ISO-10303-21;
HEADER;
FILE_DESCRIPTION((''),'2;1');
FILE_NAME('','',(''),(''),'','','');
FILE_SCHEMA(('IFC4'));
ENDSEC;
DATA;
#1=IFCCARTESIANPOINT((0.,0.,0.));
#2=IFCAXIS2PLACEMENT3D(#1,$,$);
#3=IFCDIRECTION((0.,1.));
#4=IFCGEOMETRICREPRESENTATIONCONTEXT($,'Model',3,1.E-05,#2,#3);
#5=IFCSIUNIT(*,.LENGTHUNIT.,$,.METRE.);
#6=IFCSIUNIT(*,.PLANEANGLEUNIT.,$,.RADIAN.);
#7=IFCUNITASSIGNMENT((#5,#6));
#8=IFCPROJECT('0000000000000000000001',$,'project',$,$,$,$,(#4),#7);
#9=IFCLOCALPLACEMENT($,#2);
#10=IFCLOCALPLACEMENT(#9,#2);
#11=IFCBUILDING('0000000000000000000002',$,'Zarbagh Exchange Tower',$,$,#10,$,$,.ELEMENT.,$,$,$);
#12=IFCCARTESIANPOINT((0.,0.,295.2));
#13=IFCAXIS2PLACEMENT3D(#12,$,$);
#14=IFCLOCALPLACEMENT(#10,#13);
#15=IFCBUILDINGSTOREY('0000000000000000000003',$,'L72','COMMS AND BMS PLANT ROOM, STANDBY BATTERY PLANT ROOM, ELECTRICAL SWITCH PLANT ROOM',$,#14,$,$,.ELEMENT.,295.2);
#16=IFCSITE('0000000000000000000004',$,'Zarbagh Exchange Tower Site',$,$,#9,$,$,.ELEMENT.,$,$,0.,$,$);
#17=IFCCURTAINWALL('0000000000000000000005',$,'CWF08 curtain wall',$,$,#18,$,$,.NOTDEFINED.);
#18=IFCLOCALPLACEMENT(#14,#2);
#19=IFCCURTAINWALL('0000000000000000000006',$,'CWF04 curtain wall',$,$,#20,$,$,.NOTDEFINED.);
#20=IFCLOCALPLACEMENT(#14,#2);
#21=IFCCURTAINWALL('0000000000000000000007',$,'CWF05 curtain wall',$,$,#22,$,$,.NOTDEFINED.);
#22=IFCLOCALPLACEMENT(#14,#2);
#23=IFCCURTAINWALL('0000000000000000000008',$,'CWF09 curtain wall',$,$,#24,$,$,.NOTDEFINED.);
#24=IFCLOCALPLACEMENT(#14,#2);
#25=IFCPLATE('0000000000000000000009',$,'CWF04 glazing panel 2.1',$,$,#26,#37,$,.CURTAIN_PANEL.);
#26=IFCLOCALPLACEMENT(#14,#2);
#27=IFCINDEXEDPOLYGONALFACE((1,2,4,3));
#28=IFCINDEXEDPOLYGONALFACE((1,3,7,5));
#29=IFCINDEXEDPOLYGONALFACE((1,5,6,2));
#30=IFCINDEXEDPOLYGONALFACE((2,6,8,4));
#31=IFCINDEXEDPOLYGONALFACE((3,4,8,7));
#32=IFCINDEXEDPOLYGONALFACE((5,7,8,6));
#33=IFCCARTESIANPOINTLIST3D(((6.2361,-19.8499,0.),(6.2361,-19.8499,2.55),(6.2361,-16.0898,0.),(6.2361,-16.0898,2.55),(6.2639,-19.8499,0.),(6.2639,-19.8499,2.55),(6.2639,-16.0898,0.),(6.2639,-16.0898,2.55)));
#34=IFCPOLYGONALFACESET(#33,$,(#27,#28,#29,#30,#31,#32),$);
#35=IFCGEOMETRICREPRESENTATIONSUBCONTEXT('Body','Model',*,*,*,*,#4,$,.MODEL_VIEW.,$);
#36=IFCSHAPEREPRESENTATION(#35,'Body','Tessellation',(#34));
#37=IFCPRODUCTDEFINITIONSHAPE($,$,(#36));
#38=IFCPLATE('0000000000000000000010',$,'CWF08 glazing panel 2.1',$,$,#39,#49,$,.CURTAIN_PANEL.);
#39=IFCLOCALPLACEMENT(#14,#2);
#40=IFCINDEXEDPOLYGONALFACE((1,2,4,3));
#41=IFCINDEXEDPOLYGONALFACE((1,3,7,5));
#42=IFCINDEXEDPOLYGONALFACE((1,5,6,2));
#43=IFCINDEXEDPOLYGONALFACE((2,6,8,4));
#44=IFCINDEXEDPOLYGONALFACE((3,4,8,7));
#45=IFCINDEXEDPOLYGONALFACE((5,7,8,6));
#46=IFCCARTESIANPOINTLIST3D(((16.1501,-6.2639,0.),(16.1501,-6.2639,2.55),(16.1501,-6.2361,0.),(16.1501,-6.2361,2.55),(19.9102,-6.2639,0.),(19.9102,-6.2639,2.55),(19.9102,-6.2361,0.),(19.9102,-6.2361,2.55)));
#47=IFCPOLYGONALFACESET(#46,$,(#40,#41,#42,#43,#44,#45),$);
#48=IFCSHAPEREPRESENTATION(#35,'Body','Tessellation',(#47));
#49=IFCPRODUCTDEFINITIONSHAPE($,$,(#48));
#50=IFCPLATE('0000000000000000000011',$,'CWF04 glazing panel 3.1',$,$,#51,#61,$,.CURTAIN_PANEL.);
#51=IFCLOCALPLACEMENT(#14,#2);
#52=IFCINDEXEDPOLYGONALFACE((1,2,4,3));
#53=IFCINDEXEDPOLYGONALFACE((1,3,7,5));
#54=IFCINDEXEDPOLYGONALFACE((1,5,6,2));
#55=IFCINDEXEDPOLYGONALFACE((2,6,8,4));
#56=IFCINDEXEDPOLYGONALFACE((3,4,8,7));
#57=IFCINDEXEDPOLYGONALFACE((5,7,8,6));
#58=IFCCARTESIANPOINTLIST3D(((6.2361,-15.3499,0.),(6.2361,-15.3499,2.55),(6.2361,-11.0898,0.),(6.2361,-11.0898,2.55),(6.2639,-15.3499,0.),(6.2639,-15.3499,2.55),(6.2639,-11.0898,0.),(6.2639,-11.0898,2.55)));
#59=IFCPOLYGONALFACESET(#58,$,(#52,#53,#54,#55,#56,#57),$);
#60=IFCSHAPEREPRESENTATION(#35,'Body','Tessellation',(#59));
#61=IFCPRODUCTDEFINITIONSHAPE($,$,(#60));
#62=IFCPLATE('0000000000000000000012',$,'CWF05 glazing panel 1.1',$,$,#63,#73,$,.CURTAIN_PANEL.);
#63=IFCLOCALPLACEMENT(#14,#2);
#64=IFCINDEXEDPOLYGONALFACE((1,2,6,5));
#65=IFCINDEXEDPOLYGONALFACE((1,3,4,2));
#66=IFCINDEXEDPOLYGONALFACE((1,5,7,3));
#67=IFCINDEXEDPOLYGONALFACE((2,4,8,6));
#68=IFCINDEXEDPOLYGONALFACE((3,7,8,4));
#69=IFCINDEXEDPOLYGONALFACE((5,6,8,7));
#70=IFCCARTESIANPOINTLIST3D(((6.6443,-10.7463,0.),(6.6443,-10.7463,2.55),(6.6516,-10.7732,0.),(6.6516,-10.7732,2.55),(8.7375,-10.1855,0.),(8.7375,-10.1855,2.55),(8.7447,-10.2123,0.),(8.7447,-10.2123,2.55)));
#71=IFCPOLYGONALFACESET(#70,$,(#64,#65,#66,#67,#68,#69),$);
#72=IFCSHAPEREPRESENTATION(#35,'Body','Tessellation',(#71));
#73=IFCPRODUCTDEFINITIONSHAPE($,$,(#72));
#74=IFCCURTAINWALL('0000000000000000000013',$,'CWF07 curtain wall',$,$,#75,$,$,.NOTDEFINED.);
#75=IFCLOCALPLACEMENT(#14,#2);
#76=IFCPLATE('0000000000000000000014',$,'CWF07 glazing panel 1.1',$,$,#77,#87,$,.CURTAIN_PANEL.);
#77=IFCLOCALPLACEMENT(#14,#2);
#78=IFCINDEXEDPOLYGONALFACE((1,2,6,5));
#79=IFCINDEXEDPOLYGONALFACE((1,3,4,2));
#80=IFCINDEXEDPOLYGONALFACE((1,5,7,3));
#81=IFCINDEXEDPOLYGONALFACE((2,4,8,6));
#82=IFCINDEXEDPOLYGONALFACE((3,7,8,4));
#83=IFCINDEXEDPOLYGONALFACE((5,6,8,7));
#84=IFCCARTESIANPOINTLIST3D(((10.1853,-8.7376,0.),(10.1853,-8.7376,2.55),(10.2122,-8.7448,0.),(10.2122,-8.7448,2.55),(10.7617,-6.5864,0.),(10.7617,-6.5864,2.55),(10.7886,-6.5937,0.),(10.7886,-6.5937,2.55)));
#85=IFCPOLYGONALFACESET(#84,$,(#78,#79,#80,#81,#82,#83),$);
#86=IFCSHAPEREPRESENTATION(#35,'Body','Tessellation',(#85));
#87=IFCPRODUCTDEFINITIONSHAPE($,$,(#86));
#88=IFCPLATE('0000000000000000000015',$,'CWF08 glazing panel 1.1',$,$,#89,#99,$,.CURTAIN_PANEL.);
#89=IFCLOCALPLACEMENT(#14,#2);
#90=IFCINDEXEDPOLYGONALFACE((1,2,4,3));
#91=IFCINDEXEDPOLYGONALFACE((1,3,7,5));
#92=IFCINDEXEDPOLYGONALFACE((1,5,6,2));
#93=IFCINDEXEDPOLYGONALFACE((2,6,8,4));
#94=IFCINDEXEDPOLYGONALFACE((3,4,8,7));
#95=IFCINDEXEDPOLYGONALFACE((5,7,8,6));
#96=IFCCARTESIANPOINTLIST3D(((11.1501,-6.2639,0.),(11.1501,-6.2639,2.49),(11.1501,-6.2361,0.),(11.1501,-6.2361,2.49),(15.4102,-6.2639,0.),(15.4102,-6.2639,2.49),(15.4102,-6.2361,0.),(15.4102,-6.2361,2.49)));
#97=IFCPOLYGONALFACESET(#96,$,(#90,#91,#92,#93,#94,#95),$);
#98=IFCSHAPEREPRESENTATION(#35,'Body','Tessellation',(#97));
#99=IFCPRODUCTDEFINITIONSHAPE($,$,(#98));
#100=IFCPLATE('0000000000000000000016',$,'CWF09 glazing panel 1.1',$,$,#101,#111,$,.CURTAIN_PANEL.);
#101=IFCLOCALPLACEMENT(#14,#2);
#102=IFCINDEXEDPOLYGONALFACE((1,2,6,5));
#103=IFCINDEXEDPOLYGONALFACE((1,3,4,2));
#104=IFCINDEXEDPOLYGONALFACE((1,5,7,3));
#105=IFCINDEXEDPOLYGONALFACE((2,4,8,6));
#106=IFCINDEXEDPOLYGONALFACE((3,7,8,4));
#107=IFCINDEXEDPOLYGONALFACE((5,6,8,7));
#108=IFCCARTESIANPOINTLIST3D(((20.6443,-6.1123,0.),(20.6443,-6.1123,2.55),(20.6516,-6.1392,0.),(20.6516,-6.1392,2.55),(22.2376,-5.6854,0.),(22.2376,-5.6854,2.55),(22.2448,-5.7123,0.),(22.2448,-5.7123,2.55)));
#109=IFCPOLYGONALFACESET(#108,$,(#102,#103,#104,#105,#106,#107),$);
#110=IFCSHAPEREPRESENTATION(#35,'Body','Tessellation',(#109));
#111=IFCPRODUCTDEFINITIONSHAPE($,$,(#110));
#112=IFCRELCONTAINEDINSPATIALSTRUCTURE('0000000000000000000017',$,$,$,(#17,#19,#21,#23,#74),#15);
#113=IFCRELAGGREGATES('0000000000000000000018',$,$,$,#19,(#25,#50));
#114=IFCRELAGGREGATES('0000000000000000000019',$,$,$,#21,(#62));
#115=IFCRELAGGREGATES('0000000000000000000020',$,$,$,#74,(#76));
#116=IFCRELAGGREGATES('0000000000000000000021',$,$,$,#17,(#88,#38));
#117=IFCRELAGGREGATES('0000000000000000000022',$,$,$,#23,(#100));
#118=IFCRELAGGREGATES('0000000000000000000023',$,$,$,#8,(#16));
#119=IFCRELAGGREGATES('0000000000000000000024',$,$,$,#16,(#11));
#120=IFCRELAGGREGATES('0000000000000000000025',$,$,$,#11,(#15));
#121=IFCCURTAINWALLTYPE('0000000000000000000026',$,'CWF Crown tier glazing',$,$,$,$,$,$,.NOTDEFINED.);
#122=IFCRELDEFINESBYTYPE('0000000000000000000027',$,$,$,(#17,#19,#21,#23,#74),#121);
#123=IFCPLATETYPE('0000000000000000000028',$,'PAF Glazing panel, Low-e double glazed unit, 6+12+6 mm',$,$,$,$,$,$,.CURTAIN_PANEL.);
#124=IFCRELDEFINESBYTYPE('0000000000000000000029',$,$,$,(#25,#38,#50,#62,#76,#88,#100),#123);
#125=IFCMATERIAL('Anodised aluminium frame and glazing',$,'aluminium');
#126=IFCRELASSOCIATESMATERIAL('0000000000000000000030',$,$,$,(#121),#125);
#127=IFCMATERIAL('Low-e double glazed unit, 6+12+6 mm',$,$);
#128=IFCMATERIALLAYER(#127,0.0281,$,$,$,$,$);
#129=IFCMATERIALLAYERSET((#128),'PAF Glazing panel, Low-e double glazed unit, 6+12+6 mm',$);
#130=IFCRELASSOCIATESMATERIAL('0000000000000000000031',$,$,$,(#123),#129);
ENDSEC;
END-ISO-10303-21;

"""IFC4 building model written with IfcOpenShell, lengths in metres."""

from ifc_helpers import new_model, si_unit, direction, frame, origin, place, context, subcontext, project, spatial, polyline, outline, extrude, source, transform, mapped, material, layer, layer_set, type_object, element, aggregate, save


model = new_model("IFC4")

# Units and contexts
model_context = context("Model", 3, precision=1e-05, world=origin(), true_north=direction((0.0, 1.0)))
body_context = subcontext(model_context, "Body", "Model", "MODEL_VIEW")
ifc_project = project(units=[si_unit("LENGTHUNIT", "METRE"), si_unit("PLANEANGLEUNIT", "RADIAN")], contexts=[model_context])

# Site, building, storey
site_placement = place(None, origin())
site = spatial("IfcSite", under=ifc_project, at=site_placement, Name="Zarbagh Exchange Tower Site", CompositionType="ELEMENT", RefElevation=0.0)
building_placement = place(site_placement, origin())
building = spatial("IfcBuilding", under=site, at=building_placement, Name="Zarbagh Exchange Tower", CompositionType="ELEMENT")
storey_placement = place(building_placement, frame((0.0, 0.0, 295.2)))
storey = spatial("IfcBuildingStorey", under=building, at=storey_placement, Name="L72", Description="COMMS AND BMS PLANT ROOM, STANDBY BATTERY PLANT ROOM, ELECTRICAL SWITCH PLANT ROOM", CompositionType="ELEMENT", Elevation=295.2)

# Curtain wall
ifc_material_1 = material(Name="Anodised aluminium frame and glazing", Category="aluminium")
curtain_wall_type = type_object("IfcCurtainWallType", Name="CWF Crown tier glazing", PredefinedType="NOTDEFINED", material=ifc_material_1)
curtain_wall_1_placement = place(storey_placement, origin())
curtain_wall_1 = element("IfcCurtainWall", 1, at=curtain_wall_1_placement, inside=storey, type_object=curtain_wall_type, Name="CWF08 curtain wall", PredefinedType="NOTDEFINED")
placement = place(storey_placement, origin())

# Curtain wall
curtain_wall_2_placement = place(storey_placement, origin())
curtain_wall_2 = element("IfcCurtainWall", 2, at=curtain_wall_2_placement, inside=storey, type_object=curtain_wall_type, Name="CWF04 curtain wall", PredefinedType="NOTDEFINED")

# Curtain wall
curtain_wall_3_placement = place(storey_placement, origin())
curtain_wall_3 = element("IfcCurtainWall", 3, at=curtain_wall_3_placement, inside=storey, type_object=curtain_wall_type, Name="CWF05 curtain wall", PredefinedType="NOTDEFINED")

# Curtain wall
curtain_wall_4_placement = place(storey_placement, origin())
curtain_wall_4 = element("IfcCurtainWall", 4, at=curtain_wall_4_placement, inside=storey, type_object=curtain_wall_type, Name="CWF09 curtain wall", PredefinedType="NOTDEFINED")

# Shared definitions
ifc_material_2 = material(Name="Low-e double glazed unit, 6+12+6 mm")
ifc_layer = layer(ifc_material_2, 0.0281)
ifc_layer_set = layer_set([ifc_layer], Name="PAF Glazing panel, Low-e double glazed unit, 6+12+6 mm")
plate_type = type_object("IfcPlateType", Name="PAF Glazing panel, Low-e double glazed unit, 6+12+6 mm", PredefinedType="CURTAIN_PANEL", material=ifc_layer_set)

# Plates
shared_shape_1 = source(origin(), body_context, "Body", "SweptSolid", [
    extrude(outline(polyline([(0.0, -0.0139), (3.76, -0.0139), (3.76, 0.0139), (0.0, 0.0139), (0.0, -0.0139)])), origin(), (0.0, 0.0, 1.0), 2.55),
])
plate_1 = element("IfcPlate", 5, at=placement, type_object=plate_type, Name="CWF04 glazing panel 2.1", PredefinedType="CURTAIN_PANEL", context=body_context, shape_type="MappedRepresentation", body=[
    mapped(shared_shape_1, transform((6.25, -19.8499, 0.0), x_axis=(0.0, 1.0, 0.0), y_axis=(-1.0, 0.0, 0.0), z_axis=(0.0, 0.0, 1.0))),
])
plate_2 = element("IfcPlate", 6, at=placement, type_object=plate_type, Name="CWF08 glazing panel 2.1", PredefinedType="CURTAIN_PANEL", context=body_context, shape_type="MappedRepresentation", body=[
    mapped(shared_shape_1, transform((16.1501, -6.25, 0.0), x_axis=(1.0, 0.0, 0.0), y_axis=(0.0, 1.0, 0.0), z_axis=(0.0, 0.0, 1.0))),
])
shared_shape_2 = source(origin(), body_context, "Body", "SweptSolid", [
    extrude(outline(polyline([(0.0, -0.0139), (4.26, -0.0139), (4.26, 0.0139), (0.0, 0.0139), (0.0, -0.0139)])), origin(), (0.0, 0.0, 1.0), 2.55),
])
plate_3 = element("IfcPlate", 7, at=placement, type_object=plate_type, Name="CWF04 glazing panel 3.1", PredefinedType="CURTAIN_PANEL", context=body_context, shape_type="MappedRepresentation", body=[
    mapped(shared_shape_2, transform((6.25, -15.3499, 0.0), x_axis=(0.0, 1.0, 0.0), y_axis=(-1.0, 0.0, 0.0), z_axis=(0.0, 0.0, 1.0))),
])
aggregate(curtain_wall_2, [plate_1, plate_3])
shared_shape_3 = source(origin(), body_context, "Body", "SweptSolid", [
    extrude(outline(polyline([(0.0, -0.0139), (2.167, -0.0139), (2.167, 0.0139), (0.0, 0.0139), (0.0, -0.0139)])), origin(), (0.0, 0.0, 1.0), 2.55),
])
plate_4 = element("IfcPlate", 8, at=placement, type_object=plate_type, Name="CWF05 glazing panel 1.1", PredefinedType="CURTAIN_PANEL", context=body_context, shape_type="MappedRepresentation", body=[
    mapped(shared_shape_3, transform((6.6479, -10.7598, 0.0), x_axis=(0.965924, 0.258825, 0.0), y_axis=(-0.258825, 0.965924, 0.0), z_axis=(0.0, 0.0, 1.0))),
])
aggregate(curtain_wall_3, [plate_4])

# Curtain wall, plate
curtain_wall_5_placement = place(storey_placement, origin())
curtain_wall_5 = element("IfcCurtainWall", 9, at=curtain_wall_5_placement, inside=storey, type_object=curtain_wall_type, Name="CWF07 curtain wall", PredefinedType="NOTDEFINED")
shared_shape_4 = source(origin(), body_context, "Body", "SweptSolid", [
    extrude(outline(polyline([(0.0, -0.0139), (2.2271, -0.0139), (2.2271, 0.0139), (0.0, 0.0139), (0.0, -0.0139)])), origin(), (0.0, 0.0, 1.0), 2.55),
])
plate_5 = element("IfcPlate", 10, at=placement, type_object=plate_type, Name="CWF07 glazing panel 1.1", PredefinedType="CURTAIN_PANEL", context=body_context, shape_type="MappedRepresentation", body=[
    mapped(shared_shape_4, transform((10.1987, -8.7412, 0.0), x_axis=(0.258825, 0.965924, 0.0), y_axis=(-0.965924, 0.258825, 0.0), z_axis=(0.0, 0.0, 1.0))),
])
aggregate(curtain_wall_5, [plate_5])

# Plates
shared_shape_5 = source(origin(), body_context, "Body", "SweptSolid", [
    extrude(outline(polyline([(0.0, -0.0139), (4.26, -0.0139), (4.26, 0.0139), (0.0, 0.0139), (0.0, -0.0139)])), origin(), (0.0, 0.0, 1.0), 2.49),
])
plate_6 = element("IfcPlate", 11, at=placement, type_object=plate_type, Name="CWF08 glazing panel 1.1", PredefinedType="CURTAIN_PANEL", context=body_context, shape_type="MappedRepresentation", body=[
    mapped(shared_shape_5, transform((11.1501, -6.25, 0.0), x_axis=(1.0, 0.0, 0.0), y_axis=(0.0, 1.0, 0.0), z_axis=(0.0, 0.0, 1.0))),
])
aggregate(curtain_wall_1, [plate_6, plate_2])
shared_shape_6 = source(origin(), body_context, "Body", "SweptSolid", [
    extrude(outline(polyline([(0.0, -0.0139), (1.6494, -0.0139), (1.6494, 0.0139), (0.0, 0.0139), (0.0, -0.0139)])), origin(), (0.0, 0.0, 1.0), 2.55),
])
plate_7 = element("IfcPlate", 12, at=placement, type_object=plate_type, Name="CWF09 glazing panel 1.1", PredefinedType="CURTAIN_PANEL", context=body_context, shape_type="MappedRepresentation", body=[
    mapped(shared_shape_6, transform((20.6479, -6.1257, 0.0), x_axis=(0.965924, 0.258825, 0.0), y_axis=(-0.258825, 0.965924, 0.0), z_axis=(0.0, 0.0, 1.0))),
])
aggregate(curtain_wall_4, [plate_7])

save(model, "model.ifc")
